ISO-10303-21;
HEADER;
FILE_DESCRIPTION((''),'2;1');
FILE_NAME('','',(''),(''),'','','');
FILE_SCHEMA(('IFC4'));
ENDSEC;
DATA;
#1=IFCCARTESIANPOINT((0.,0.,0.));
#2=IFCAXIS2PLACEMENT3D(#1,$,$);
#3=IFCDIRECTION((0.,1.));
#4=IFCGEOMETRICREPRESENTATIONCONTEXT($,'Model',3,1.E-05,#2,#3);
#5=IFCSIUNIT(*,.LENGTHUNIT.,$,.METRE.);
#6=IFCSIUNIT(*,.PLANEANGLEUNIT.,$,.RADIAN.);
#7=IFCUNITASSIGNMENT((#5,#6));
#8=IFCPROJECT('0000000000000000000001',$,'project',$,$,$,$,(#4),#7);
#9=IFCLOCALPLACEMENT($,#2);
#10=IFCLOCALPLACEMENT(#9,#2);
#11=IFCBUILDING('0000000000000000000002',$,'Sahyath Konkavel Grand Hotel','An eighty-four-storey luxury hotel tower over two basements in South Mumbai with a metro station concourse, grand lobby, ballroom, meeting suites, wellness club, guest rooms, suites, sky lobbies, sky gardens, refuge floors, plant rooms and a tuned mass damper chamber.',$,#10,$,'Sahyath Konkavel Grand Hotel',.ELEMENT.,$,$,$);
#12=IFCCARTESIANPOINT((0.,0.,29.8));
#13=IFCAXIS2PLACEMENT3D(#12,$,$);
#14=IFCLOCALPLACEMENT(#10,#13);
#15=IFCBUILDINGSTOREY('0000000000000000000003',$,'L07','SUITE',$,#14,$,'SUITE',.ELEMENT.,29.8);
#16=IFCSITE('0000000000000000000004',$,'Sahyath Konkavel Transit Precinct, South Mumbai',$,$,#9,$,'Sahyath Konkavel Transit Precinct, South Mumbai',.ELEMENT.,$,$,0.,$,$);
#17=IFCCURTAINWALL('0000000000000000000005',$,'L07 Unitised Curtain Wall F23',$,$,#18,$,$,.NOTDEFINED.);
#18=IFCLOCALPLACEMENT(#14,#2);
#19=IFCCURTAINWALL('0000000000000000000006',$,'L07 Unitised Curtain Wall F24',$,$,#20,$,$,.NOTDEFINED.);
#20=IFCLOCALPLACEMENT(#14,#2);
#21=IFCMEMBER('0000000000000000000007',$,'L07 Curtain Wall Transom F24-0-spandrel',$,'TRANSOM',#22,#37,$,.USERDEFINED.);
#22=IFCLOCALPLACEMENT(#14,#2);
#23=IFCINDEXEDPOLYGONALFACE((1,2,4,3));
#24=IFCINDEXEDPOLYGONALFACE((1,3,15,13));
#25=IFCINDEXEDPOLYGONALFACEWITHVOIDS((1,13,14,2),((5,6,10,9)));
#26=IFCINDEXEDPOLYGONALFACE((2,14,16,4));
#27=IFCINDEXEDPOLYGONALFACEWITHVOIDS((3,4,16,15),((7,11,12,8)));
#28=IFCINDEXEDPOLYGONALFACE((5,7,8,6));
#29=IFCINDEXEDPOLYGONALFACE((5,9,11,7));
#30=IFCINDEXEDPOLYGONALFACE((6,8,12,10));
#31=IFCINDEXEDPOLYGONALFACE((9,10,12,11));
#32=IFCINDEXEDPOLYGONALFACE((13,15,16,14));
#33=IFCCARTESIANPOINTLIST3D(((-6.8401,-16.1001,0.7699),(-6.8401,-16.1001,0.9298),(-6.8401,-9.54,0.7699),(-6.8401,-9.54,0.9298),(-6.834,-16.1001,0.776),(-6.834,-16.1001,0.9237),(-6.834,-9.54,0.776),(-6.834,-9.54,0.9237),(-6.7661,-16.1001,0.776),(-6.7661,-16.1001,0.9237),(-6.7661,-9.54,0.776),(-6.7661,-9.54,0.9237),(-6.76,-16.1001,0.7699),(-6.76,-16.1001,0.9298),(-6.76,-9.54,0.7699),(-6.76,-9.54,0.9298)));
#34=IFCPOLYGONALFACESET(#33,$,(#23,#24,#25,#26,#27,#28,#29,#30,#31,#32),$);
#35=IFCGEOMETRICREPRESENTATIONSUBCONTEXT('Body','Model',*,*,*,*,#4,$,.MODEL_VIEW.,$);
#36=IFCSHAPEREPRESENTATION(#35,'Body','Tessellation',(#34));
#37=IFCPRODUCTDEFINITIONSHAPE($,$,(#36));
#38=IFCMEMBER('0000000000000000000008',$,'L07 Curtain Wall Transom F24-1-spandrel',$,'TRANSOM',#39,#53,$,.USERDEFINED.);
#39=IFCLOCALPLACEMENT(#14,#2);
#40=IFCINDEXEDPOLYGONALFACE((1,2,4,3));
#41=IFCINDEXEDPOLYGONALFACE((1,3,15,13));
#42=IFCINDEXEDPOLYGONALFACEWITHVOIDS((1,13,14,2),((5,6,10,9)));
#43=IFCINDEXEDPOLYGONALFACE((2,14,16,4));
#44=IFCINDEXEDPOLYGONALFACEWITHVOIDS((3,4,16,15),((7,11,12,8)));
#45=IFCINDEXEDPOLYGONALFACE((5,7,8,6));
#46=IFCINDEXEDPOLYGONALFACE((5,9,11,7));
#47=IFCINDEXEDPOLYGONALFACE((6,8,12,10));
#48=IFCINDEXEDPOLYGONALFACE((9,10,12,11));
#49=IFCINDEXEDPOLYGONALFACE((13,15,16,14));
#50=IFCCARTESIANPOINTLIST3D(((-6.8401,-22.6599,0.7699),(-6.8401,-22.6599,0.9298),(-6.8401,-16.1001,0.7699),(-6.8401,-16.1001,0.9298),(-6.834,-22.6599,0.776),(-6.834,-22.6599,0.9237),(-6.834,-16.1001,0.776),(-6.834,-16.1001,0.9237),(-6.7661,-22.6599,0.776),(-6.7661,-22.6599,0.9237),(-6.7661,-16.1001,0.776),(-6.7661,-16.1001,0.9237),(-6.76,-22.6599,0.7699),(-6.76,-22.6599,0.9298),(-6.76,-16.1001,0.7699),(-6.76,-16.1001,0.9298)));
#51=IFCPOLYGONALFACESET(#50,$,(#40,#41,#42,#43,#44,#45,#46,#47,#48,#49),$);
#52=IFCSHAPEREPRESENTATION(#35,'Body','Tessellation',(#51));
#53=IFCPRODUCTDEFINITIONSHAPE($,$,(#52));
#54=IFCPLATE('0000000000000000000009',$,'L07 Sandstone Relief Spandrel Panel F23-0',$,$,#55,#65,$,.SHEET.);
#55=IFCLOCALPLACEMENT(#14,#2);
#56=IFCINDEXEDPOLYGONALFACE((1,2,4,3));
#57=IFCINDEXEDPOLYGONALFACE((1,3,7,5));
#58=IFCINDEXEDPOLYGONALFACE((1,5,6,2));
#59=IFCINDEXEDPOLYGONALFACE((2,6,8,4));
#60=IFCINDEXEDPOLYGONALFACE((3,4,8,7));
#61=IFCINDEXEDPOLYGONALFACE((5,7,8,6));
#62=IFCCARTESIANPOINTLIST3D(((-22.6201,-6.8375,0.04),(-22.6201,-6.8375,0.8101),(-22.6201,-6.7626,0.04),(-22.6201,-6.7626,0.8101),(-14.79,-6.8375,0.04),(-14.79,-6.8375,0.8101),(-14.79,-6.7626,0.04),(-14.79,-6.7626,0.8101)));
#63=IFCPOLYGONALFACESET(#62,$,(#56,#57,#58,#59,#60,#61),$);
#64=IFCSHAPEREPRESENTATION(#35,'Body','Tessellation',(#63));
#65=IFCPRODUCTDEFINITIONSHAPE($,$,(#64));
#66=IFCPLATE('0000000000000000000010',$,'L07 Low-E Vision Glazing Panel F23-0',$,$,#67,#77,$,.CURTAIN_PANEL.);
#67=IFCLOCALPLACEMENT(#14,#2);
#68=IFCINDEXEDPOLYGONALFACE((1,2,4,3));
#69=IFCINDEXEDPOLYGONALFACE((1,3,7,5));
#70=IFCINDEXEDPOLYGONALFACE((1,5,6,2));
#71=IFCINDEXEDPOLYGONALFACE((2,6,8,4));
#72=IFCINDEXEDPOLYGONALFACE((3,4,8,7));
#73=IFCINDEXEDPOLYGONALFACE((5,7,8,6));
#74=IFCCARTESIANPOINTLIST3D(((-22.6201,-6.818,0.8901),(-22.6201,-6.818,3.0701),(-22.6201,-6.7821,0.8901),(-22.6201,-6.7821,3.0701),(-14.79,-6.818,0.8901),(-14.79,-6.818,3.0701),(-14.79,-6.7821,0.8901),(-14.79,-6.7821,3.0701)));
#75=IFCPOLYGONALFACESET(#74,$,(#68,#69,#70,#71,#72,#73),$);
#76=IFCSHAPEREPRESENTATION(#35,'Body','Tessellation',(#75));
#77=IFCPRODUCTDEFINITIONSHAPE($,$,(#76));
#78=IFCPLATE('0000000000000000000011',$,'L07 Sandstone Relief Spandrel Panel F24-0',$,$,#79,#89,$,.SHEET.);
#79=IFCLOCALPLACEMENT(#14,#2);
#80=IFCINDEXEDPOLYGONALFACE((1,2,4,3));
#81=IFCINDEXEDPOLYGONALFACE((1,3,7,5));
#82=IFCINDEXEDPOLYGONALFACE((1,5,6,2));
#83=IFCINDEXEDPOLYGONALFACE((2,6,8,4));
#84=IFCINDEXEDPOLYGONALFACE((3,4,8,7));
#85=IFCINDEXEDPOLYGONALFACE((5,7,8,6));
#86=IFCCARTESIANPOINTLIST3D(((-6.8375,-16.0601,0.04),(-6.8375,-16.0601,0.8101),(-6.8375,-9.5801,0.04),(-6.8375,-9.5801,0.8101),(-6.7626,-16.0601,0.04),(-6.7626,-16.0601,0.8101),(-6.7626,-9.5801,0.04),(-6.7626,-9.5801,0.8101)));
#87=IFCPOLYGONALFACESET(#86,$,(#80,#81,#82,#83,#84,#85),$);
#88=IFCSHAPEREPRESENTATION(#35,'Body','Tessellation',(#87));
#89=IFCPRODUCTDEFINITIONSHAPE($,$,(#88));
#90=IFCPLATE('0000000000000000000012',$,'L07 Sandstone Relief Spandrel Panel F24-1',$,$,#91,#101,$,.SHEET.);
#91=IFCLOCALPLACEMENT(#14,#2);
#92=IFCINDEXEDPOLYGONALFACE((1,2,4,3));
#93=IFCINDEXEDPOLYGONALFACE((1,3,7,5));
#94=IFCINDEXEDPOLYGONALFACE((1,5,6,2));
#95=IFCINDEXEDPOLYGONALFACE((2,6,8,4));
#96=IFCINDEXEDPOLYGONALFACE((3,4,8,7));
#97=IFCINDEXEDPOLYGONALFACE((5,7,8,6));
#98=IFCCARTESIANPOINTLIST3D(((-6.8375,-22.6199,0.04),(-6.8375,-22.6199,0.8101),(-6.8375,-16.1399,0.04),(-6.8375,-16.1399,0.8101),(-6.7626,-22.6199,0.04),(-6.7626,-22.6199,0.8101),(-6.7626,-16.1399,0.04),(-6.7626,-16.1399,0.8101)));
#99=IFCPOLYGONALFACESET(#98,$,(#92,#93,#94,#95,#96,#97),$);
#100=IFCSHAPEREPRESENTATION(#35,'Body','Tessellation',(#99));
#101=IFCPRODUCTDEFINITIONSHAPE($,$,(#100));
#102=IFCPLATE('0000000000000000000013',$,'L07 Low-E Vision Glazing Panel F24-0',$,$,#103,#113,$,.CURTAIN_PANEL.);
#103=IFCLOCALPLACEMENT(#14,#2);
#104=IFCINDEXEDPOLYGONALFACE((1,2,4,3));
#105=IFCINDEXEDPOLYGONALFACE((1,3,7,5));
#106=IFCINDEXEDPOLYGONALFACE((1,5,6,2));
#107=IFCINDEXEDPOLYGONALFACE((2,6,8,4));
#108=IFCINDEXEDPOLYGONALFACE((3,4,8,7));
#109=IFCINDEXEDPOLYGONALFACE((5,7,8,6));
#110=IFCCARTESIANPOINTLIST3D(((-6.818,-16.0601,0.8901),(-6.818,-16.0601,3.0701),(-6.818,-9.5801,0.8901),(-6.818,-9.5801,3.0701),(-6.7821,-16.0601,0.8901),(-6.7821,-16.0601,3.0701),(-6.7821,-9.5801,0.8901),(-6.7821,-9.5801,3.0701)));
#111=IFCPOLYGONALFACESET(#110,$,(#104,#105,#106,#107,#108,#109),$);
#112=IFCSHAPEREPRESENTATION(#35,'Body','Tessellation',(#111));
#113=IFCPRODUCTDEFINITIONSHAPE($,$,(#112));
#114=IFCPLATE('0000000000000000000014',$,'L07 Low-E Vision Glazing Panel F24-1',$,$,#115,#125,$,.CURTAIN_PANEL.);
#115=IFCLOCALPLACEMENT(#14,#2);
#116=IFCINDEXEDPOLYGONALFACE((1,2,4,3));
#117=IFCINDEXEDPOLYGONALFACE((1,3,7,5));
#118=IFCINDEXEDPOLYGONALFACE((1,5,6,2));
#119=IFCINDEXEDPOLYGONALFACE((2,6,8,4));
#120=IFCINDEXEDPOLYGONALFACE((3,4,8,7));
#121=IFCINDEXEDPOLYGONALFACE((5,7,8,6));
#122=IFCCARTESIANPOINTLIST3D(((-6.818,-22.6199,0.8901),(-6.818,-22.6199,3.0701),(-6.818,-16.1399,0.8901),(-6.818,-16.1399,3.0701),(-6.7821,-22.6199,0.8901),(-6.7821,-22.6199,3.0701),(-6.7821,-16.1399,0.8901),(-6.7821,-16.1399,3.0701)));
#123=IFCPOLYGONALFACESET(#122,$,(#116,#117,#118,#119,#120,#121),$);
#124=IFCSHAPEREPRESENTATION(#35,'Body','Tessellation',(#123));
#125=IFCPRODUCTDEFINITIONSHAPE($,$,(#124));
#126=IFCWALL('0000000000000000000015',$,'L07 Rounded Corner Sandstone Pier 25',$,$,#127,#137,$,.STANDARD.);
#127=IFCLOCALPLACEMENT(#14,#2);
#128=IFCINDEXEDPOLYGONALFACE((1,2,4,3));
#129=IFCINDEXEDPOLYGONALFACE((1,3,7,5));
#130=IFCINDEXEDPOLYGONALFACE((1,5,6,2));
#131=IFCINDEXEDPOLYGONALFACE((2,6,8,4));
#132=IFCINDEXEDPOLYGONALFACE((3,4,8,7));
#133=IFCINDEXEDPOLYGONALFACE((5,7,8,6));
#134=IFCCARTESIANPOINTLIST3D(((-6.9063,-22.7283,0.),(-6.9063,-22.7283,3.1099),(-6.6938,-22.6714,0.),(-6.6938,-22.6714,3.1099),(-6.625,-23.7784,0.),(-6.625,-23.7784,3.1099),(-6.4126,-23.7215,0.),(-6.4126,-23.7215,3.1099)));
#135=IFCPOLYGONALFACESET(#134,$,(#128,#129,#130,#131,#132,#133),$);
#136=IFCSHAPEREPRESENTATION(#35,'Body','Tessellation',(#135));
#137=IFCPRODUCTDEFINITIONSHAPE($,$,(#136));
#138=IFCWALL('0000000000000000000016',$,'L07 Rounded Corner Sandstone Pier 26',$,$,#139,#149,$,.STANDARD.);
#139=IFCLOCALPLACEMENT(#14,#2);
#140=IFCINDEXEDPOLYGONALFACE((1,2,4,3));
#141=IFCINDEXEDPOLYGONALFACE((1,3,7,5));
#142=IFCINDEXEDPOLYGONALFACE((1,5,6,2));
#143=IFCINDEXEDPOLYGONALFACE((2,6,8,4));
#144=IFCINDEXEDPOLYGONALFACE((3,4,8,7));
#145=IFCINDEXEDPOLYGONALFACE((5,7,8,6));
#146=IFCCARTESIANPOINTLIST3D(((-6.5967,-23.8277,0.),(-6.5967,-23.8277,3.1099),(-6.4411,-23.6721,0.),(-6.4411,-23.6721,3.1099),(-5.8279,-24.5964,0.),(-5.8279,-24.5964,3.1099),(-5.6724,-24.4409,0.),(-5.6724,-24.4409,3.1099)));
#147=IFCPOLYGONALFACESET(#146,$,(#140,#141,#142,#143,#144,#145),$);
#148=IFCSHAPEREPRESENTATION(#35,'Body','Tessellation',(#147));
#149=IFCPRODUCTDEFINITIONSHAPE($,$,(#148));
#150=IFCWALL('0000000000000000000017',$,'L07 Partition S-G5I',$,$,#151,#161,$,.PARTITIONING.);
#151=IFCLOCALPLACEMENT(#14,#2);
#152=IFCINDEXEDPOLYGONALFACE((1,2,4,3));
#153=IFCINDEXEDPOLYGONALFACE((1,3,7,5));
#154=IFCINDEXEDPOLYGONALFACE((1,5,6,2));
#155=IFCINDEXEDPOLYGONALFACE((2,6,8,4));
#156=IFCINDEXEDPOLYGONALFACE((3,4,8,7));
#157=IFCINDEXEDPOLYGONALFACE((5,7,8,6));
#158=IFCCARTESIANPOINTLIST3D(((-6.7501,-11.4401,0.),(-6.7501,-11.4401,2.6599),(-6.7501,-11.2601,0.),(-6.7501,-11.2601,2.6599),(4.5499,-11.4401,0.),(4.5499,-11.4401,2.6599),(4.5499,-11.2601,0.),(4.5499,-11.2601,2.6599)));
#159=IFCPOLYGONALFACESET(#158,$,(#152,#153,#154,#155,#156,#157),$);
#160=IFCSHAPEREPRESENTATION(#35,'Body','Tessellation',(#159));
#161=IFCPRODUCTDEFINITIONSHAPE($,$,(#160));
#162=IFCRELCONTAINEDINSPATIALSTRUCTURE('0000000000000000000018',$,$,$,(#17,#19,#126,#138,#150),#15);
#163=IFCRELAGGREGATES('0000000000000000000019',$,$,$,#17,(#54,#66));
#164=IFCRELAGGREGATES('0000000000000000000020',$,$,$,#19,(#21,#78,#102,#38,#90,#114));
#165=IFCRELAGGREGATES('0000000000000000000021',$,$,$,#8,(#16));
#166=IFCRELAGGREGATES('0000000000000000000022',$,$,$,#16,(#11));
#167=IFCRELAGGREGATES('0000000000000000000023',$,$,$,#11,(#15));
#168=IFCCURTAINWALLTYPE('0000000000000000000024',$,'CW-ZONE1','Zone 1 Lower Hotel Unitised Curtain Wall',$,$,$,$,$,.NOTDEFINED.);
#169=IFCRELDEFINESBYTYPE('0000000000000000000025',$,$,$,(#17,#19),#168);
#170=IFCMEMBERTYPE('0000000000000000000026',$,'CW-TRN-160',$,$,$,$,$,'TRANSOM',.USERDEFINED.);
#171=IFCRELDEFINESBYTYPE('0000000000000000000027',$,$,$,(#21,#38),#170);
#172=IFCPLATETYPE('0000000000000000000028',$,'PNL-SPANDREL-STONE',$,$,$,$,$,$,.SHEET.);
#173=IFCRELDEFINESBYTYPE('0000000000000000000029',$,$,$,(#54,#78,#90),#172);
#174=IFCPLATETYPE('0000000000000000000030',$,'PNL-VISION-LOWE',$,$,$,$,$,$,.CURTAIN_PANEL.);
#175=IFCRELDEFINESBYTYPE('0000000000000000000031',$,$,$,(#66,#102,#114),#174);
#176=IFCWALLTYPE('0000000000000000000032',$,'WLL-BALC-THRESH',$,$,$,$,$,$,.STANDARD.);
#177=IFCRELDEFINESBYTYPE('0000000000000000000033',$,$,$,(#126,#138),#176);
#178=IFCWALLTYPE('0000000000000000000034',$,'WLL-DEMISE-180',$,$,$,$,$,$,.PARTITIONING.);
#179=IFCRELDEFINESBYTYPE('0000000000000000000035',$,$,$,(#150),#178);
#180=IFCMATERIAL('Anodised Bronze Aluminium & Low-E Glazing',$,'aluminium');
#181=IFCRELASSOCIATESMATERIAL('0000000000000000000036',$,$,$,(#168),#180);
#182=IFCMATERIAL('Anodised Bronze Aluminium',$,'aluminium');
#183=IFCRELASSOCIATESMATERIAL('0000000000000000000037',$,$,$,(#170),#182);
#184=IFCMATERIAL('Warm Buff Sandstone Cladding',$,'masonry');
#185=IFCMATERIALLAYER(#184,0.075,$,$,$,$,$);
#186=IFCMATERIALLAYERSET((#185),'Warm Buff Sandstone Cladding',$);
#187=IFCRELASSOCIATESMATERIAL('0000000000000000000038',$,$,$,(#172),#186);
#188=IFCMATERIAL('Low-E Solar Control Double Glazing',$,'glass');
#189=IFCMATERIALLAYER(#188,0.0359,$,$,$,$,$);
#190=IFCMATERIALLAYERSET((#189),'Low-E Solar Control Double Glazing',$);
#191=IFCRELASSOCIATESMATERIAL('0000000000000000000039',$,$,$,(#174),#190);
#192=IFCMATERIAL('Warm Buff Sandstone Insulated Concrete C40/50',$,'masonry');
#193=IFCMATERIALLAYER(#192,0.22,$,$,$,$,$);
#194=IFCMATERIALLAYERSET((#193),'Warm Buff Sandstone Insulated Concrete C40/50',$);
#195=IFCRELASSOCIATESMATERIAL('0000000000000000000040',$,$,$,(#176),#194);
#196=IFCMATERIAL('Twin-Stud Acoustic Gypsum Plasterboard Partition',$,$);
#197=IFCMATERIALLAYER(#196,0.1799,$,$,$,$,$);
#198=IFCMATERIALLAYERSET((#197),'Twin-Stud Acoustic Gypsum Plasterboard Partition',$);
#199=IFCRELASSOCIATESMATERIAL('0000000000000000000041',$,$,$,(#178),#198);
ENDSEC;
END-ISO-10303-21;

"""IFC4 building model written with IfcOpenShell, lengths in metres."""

from ifc_helpers import new_model, si_unit, direction, frame, frame_2d, origin, origin_2d, place, context, subcontext, project, spatial, rectangle, hollow_rectangle, extrude, source, transform, mapped, material, layer, layer_set, material_profile, profile_set, type_object, element, aggregate, save


model = new_model("IFC4")

# Units and contexts
model_context = context("Model", 3, precision=1e-05, world=origin(), true_north=direction((0.0, 1.0)))
body_context = subcontext(model_context, "Body", "Model", "MODEL_VIEW")
ifc_project = project(units=[si_unit("LENGTHUNIT", "METRE"), si_unit("PLANEANGLEUNIT", "RADIAN")], contexts=[model_context])

# Site, building, storey
site_placement = place(None, origin())
site = spatial("IfcSite", under=ifc_project, at=site_placement, Name="Sahyath Konkavel Transit Precinct, South Mumbai", LongName="Sahyath Konkavel Transit Precinct, South Mumbai", CompositionType="ELEMENT", RefElevation=0.0)
building_placement = place(site_placement, origin())
building = spatial("IfcBuilding", under=site, at=building_placement, Name="Sahyath Konkavel Grand Hotel", Description="An eighty-four-storey luxury hotel tower over two basements in South Mumbai with a metro station concourse, grand lobby, ballroom, meeting suites, wellness club, guest rooms, suites, sky lobbies, sky gardens, refuge floors, plant rooms and a tuned mass damper chamber.", LongName="Sahyath Konkavel Grand Hotel", CompositionType="ELEMENT")
storey_placement = place(building_placement, frame((0.0, 0.0, 29.8)))
storey = spatial("IfcBuildingStorey", under=building, at=storey_placement, Name="L07", Description="SUITE", LongName="SUITE", CompositionType="ELEMENT", Elevation=29.8)

# Curtain wall
ifc_material_1 = material(Name="Anodised Bronze Aluminium & Low-E Glazing", Category="aluminium")
curtain_wall_type = type_object("IfcCurtainWallType", Name="CW-ZONE1", Description="Zone 1 Lower Hotel Unitised Curtain Wall", PredefinedType="NOTDEFINED", material=ifc_material_1)
curtain_wall_1_placement = place(storey_placement, origin())
curtain_wall_1 = element("IfcCurtainWall", 1, at=curtain_wall_1_placement, inside=storey, type_object=curtain_wall_type, Name="L07 Unitised Curtain Wall F23", PredefinedType="NOTDEFINED")
ifc_material_2 = material(Name="Anodised Bronze Aluminium", Category="aluminium")

# Curtain wall
curtain_wall_2_placement = place(storey_placement, origin())
curtain_wall_2 = element("IfcCurtainWall", 2, at=curtain_wall_2_placement, inside=storey, type_object=curtain_wall_type, Name="L07 Unitised Curtain Wall F24", PredefinedType="NOTDEFINED")

# Members
ifc_material_profile_1 = material_profile(ifc_material_2, hollow_rectangle(XDim=0.0801, YDim=0.1599, WallThickness=0.0061, at=origin_2d()), Name="RHS 160x80x6")
ifc_profile_set_1 = profile_set([ifc_material_profile_1], Name="Anodised Bronze Aluminium")
member_type_1 = type_object("IfcMemberType", Name="CW-TRN-160", ElementType="TRANSOM", PredefinedType="USERDEFINED", material=ifc_profile_set_1)
shared_shape_1 = source(origin(), body_context, "Body", "SweptSolid", [
    extrude(hollow_rectangle(XDim=0.0801, YDim=0.1599, WallThickness=0.0061, at=origin_2d()), origin(), (0.0, 0.0, 1.0), 6.5601),
])
member_1_placement = place(storey_placement, frame((-6.8, -9.54, 0.8499), z_axis=(0.0, -1.0, 0.0), x_axis=(1.0, 0.0, 0.0)))
member_1 = element("IfcMember", 3, at=member_1_placement, type_object=member_type_1, Name="L07 Curtain Wall Transom F24-0-spandrel", ObjectType="TRANSOM", PredefinedType="USERDEFINED", context=body_context, shape_type="MappedRepresentation", body=[
    mapped(shared_shape_1, transform((0.0, 0.0, 0.0), scale=1.0)),
])
shared_shape_2 = source(origin(), body_context, "Body", "SweptSolid", [
    extrude(hollow_rectangle(XDim=0.0801, YDim=0.1599, WallThickness=0.0061, at=origin_2d()), origin(), (0.0, 0.0, 1.0), 6.5598),
])
member_2_placement = place(storey_placement, frame((-6.8, -16.1001, 0.8499), z_axis=(0.0, -1.0, 0.0), x_axis=(1.0, 0.0, 0.0)))
member_2 = element("IfcMember", 4, at=member_2_placement, type_object=member_type_1, Name="L07 Curtain Wall Transom F24-1-spandrel", ObjectType="TRANSOM", PredefinedType="USERDEFINED", context=body_context, shape_type="MappedRepresentation", body=[
    mapped(shared_shape_2, transform((0.0, 0.0, 0.0), scale=1.0)),
])

# Plates
ifc_material_3 = material(Name="Warm Buff Sandstone Cladding", Category="masonry")
ifc_layer_1 = layer(ifc_material_3, 0.075)
ifc_layer_set_1 = layer_set([ifc_layer_1], Name="Warm Buff Sandstone Cladding")
plate_type_1 = type_object("IfcPlateType", Name="PNL-SPANDREL-STONE", PredefinedType="SHEET", material=ifc_layer_set_1)
shared_shape_3 = source(origin(), body_context, "Body", "SweptSolid", [
    extrude(rectangle(XDim=7.8301, YDim=0.075, at=origin_2d()), origin(), (0.0, 0.0, 1.0), 0.77),
])
plate_1_placement = place(storey_placement, frame((-18.7051, -6.8, 0.04), z_axis=(0.0, 0.0, 1.0), x_axis=(1.0, 0.0, 0.0)))
plate_1 = element("IfcPlate", 5, at=plate_1_placement, type_object=plate_type_1, Name="L07 Sandstone Relief Spandrel Panel F23-0", PredefinedType="SHEET", context=body_context, shape_type="MappedRepresentation", body=[
    mapped(shared_shape_3, transform((0.0, 0.0, 0.0), scale=1.0)),
])
ifc_material_4 = material(Name="Low-E Solar Control Double Glazing", Category="glass")
ifc_layer_2 = layer(ifc_material_4, 0.0359)
ifc_layer_set_2 = layer_set([ifc_layer_2], Name="Low-E Solar Control Double Glazing")
plate_type_2 = type_object("IfcPlateType", Name="PNL-VISION-LOWE", PredefinedType="CURTAIN_PANEL", material=ifc_layer_set_2)
shared_shape_4 = source(origin(), body_context, "Body", "SweptSolid", [
    extrude(rectangle(XDim=7.8301, YDim=0.0359, at=origin_2d()), origin(), (0.0, 0.0, 1.0), 2.1799),
])
plate_2_placement = place(storey_placement, frame((-18.7051, -6.8, 0.8901), z_axis=(0.0, 0.0, 1.0), x_axis=(1.0, 0.0, 0.0)))
plate_2 = element("IfcPlate", 6, at=plate_2_placement, type_object=plate_type_2, Name="L07 Low-E Vision Glazing Panel F23-0", PredefinedType="CURTAIN_PANEL", context=body_context, shape_type="MappedRepresentation", body=[
    mapped(shared_shape_4, transform((0.0, 0.0, 0.0), scale=1.0)),
])
aggregate(curtain_wall_1, [plate_1, plate_2])
shared_shape_5 = source(origin(), body_context, "Body", "SweptSolid", [
    extrude(rectangle(XDim=6.48, YDim=0.075, at=origin_2d()), origin(), (0.0, 0.0, 1.0), 0.77),
])
plate_3_placement = place(storey_placement, frame((-6.8, -12.8201, 0.04), z_axis=(0.0, 0.0, 1.0), x_axis=(0.0, -1.0, 0.0)))
plate_3 = element("IfcPlate", 7, at=plate_3_placement, type_object=plate_type_1, Name="L07 Sandstone Relief Spandrel Panel F24-0", PredefinedType="SHEET", context=body_context, shape_type="MappedRepresentation", body=[
    mapped(shared_shape_5, transform((0.0, 0.0, 0.0), scale=1.0)),
])
plate_4_placement = place(storey_placement, frame((-6.8, -19.3799, 0.04), z_axis=(0.0, 0.0, 1.0), x_axis=(0.0, -1.0, 0.0)))
plate_4 = element("IfcPlate", 8, at=plate_4_placement, type_object=plate_type_1, Name="L07 Sandstone Relief Spandrel Panel F24-1", PredefinedType="SHEET", context=body_context, shape_type="MappedRepresentation", body=[
    mapped(shared_shape_5, transform((0.0, 0.0, 0.0), scale=1.0)),
])
shared_shape_6 = source(origin(), body_context, "Body", "SweptSolid", [
    extrude(rectangle(XDim=6.48, YDim=0.0359, at=origin_2d()), origin(), (0.0, 0.0, 1.0), 2.1799),
])
plate_5_placement = place(storey_placement, frame((-6.8, -12.8201, 0.8901), z_axis=(0.0, 0.0, 1.0), x_axis=(0.0, -1.0, 0.0)))
plate_5 = element("IfcPlate", 9, at=plate_5_placement, type_object=plate_type_2, Name="L07 Low-E Vision Glazing Panel F24-0", PredefinedType="CURTAIN_PANEL", context=body_context, shape_type="MappedRepresentation", body=[
    mapped(shared_shape_6, transform((0.0, 0.0, 0.0), scale=1.0)),
])
plate_6_placement = place(storey_placement, frame((-6.8, -19.3799, 0.8901), z_axis=(0.0, 0.0, 1.0), x_axis=(0.0, -1.0, 0.0)))
plate_6 = element("IfcPlate", 10, at=plate_6_placement, type_object=plate_type_2, Name="L07 Low-E Vision Glazing Panel F24-1", PredefinedType="CURTAIN_PANEL", context=body_context, shape_type="MappedRepresentation", body=[
    mapped(shared_shape_6, transform((0.0, 0.0, 0.0), scale=1.0)),
])
aggregate(curtain_wall_2, [member_1, plate_3, plate_5, member_2, plate_4, plate_6])

# Walls
ifc_material_5 = material(Name="Warm Buff Sandstone Insulated Concrete C40/50", Category="masonry")
ifc_layer_3 = layer(ifc_material_5, 0.22)
ifc_layer_set_3 = layer_set([ifc_layer_3], Name="Warm Buff Sandstone Insulated Concrete C40/50")
wall_type_1 = type_object("IfcWallType", Name="WLL-BALC-THRESH", PredefinedType="STANDARD", material=ifc_layer_set_3)
for number, where, z_axis, x_axis, name in (
    (11, (-6.8, -22.7, 0.0), (0.0, 0.0, 1.0), (0.258725, -0.965951, 0.0), "L07 Rounded Corner Sandstone Pier 25"),
    (12, (-6.5188, -23.75, 0.0), (0.0, 0.0, 1.0), (0.707107, -0.707107, 0.0), "L07 Rounded Corner Sandstone Pier 26"),
):
    element("IfcWall", number, at=place(storey_placement, frame(where, z_axis=z_axis, x_axis=x_axis)), inside=storey, type_object=wall_type_1, Name=name, PredefinedType="STANDARD", context=body_context, shape_type="SweptSolid", body=[
        extrude(rectangle(XDim=1.0872, YDim=0.22, at=frame_2d((0.5435, 0.0))), origin(), (0.0, 0.0, 1.0), 3.1099),
    ])
ifc_material_6 = material(Name="Twin-Stud Acoustic Gypsum Plasterboard Partition")
ifc_layer_4 = layer(ifc_material_6, 0.1799)
ifc_layer_set_4 = layer_set([ifc_layer_4], Name="Twin-Stud Acoustic Gypsum Plasterboard Partition")
wall_type_2 = type_object("IfcWallType", Name="WLL-DEMISE-180", PredefinedType="PARTITIONING", material=ifc_layer_set_4)
wall_1_placement = place(storey_placement, frame((-6.75, -11.3501, 0.0), z_axis=(0.0, 0.0, 1.0), x_axis=(1.0, 0.0, 0.0)))
element("IfcWall", 13, at=wall_1_placement, inside=storey, type_object=wall_type_2, Name="L07 Partition S-G5I", PredefinedType="PARTITIONING", context=body_context, shape_type="SweptSolid", body=[
    extrude(rectangle(XDim=11.3, YDim=0.1799, at=frame_2d((5.6499, 0.0))), origin(), (0.0, 0.0, 1.0), 2.6599),
])

save(model, "model.ifc")
